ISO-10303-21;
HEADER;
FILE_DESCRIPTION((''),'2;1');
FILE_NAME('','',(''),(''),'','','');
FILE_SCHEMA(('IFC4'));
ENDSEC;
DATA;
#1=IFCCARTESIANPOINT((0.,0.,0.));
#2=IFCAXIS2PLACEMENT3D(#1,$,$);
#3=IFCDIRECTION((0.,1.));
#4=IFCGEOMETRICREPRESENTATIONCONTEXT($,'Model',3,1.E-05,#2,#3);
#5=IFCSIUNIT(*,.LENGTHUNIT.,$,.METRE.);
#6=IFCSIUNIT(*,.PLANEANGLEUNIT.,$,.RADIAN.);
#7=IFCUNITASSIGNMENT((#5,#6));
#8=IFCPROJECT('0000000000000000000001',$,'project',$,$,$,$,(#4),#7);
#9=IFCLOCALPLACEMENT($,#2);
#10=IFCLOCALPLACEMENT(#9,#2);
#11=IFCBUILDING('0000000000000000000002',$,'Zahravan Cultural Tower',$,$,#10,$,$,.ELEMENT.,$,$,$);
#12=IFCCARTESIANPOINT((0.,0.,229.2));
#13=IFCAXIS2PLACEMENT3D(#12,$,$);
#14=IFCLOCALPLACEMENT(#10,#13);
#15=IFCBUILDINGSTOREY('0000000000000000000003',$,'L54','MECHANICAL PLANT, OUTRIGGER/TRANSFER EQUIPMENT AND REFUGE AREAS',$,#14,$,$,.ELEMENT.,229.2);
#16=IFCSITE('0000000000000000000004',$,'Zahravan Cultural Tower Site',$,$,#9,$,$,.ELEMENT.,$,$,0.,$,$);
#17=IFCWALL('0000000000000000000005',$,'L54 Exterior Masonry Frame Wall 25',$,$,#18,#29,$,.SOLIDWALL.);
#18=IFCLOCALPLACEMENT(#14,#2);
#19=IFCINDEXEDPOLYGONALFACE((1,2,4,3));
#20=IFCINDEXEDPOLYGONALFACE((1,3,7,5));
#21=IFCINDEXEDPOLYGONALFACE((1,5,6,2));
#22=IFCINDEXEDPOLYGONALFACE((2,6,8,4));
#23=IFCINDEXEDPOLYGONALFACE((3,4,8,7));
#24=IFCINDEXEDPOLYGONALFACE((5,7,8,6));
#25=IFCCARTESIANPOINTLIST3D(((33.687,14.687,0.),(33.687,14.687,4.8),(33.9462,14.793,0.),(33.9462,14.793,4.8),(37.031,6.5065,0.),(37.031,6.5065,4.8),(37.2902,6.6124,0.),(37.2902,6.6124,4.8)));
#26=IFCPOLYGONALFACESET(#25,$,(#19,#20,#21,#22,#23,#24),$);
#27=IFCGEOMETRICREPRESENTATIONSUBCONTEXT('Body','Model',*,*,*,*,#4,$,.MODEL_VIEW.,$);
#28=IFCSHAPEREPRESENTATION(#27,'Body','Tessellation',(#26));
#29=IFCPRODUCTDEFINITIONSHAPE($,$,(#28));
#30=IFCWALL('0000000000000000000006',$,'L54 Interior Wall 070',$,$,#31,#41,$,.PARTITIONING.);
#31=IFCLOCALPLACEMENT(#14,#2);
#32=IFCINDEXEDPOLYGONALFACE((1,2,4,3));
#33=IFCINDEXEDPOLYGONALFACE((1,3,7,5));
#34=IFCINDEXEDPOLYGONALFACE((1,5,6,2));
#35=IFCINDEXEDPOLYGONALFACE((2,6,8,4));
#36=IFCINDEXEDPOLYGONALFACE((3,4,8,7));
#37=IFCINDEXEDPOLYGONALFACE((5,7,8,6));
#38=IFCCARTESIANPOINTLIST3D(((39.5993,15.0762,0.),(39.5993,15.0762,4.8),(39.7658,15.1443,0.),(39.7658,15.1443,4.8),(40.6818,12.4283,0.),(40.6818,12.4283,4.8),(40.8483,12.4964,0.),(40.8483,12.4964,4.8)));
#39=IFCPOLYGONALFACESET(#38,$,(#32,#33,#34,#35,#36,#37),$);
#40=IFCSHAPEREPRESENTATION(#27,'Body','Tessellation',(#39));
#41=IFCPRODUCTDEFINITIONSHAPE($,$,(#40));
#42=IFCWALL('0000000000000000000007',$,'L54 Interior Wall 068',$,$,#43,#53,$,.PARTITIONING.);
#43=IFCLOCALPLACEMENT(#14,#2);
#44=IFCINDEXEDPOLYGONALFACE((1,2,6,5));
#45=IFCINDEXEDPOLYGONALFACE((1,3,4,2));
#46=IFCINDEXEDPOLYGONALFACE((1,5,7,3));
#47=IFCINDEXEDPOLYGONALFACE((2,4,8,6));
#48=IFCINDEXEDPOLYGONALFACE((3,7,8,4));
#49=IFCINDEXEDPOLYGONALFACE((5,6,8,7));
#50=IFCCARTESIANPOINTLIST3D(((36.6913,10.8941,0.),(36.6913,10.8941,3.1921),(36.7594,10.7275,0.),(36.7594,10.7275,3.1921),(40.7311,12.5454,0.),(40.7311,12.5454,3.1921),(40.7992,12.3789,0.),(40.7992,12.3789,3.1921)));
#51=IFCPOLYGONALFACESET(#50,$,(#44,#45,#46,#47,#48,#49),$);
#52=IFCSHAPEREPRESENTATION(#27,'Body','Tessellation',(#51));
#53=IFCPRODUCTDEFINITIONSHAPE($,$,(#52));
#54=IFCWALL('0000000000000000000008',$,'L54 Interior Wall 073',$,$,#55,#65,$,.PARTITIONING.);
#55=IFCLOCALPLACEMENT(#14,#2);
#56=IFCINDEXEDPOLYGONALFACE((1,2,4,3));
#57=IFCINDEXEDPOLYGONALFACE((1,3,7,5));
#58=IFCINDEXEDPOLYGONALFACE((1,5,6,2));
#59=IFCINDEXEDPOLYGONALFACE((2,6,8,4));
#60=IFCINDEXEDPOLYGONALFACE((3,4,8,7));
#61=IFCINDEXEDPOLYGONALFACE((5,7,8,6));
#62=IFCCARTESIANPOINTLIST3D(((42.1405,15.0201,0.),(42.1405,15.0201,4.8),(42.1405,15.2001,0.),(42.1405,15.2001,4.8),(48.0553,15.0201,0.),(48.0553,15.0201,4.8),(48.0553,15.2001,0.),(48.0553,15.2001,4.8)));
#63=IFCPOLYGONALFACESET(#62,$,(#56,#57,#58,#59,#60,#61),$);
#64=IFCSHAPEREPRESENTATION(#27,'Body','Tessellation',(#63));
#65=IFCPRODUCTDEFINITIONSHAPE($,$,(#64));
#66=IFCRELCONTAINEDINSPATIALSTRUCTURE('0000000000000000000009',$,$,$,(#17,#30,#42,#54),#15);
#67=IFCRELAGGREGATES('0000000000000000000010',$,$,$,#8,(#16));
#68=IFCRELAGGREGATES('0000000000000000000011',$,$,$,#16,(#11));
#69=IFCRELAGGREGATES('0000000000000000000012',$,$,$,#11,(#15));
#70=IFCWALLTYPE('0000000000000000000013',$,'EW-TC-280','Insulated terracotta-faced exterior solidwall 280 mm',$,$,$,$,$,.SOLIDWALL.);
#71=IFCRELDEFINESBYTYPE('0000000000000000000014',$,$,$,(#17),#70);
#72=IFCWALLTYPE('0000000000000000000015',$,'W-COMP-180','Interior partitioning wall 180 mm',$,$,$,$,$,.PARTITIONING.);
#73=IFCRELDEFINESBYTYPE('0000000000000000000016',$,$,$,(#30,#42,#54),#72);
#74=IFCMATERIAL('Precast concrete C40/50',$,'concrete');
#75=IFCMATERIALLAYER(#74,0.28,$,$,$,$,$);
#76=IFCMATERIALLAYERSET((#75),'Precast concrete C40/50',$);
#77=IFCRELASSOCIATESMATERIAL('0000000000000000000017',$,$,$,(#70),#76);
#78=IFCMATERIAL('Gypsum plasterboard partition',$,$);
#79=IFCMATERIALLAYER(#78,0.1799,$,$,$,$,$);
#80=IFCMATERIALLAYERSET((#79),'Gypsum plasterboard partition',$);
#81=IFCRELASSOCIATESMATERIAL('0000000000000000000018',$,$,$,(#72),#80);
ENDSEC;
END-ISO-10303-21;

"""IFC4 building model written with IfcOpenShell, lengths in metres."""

from ifc_helpers import new_model, si_unit, direction, frame, frame_2d, origin, place, context, subcontext, project, spatial, rectangle, extrude, source, transform, mapped, material, layer, layer_set, type_object, element, save


model = new_model("IFC4")

# Units and contexts
model_context = context("Model", 3, precision=1e-05, world=origin(), true_north=direction((0.0, 1.0)))
body_context = subcontext(model_context, "Body", "Model", "MODEL_VIEW")
ifc_project = project(units=[si_unit("LENGTHUNIT", "METRE"), si_unit("PLANEANGLEUNIT", "RADIAN")], contexts=[model_context])

# Site, building, storey
site_placement = place(None, origin())
site = spatial("IfcSite", under=ifc_project, at=site_placement, Name="Zahravan Cultural Tower Site", CompositionType="ELEMENT", RefElevation=0.0)
building_placement = place(site_placement, origin())
building = spatial("IfcBuilding", under=site, at=building_placement, Name="Zahravan Cultural Tower", CompositionType="ELEMENT")
storey_placement = place(building_placement, frame((0.0, 0.0, 229.2)))
storey = spatial("IfcBuildingStorey", under=building, at=storey_placement, Name="L54", Description="MECHANICAL PLANT, OUTRIGGER/TRANSFER EQUIPMENT AND REFUGE AREAS", CompositionType="ELEMENT", Elevation=229.2)

# Walls
ifc_material_1 = material(Name="Precast concrete C40/50", Category="concrete")
ifc_layer_1 = layer(ifc_material_1, 0.28)
ifc_layer_set_1 = layer_set([ifc_layer_1], Name="Precast concrete C40/50")
wall_type_1 = type_object("IfcWallType", Name="EW-TC-280", Description="Insulated terracotta-faced exterior solidwall 280 mm", PredefinedType="SOLIDWALL", material=ifc_layer_set_1)
shared_shape_1 = source(origin(), body_context, "Body", "SweptSolid", [
    extrude(rectangle(XDim=8.8376, YDim=0.28, at=frame_2d((4.4189, 0.0))), origin(), (0.0, 0.0, 1.0), 4.8),
])
wall_1_placement = place(storey_placement, frame((37.1606, 6.5593, 0.0), z_axis=(0.0, 0.0, 1.0), x_axis=(-0.378377, 0.925652, 0.0)))
element("IfcWall", 1, at=wall_1_placement, inside=storey, type_object=wall_type_1, Name="L54 Exterior Masonry Frame Wall 25", PredefinedType="SOLIDWALL", context=body_context, shape_type="MappedRepresentation", body=[
    mapped(shared_shape_1, transform((0.0, 0.0, 0.0), x_axis=(1.0, 0.0, 0.0), y_axis=(0.0, 1.0, 0.0), z_axis=(0.0, 0.0, 1.0), scale=1.0)),
])
ifc_material_2 = material(Name="Gypsum plasterboard partition")
ifc_layer_2 = layer(ifc_material_2, 0.1799)
ifc_layer_set_2 = layer_set([ifc_layer_2], Name="Gypsum plasterboard partition")
wall_type_2 = type_object("IfcWallType", Name="W-COMP-180", Description="Interior partitioning wall 180 mm", PredefinedType="PARTITIONING", material=ifc_layer_set_2)
shared_shape_2 = source(origin(), body_context, "Body", "SweptSolid", [
    extrude(rectangle(XDim=2.8606, YDim=0.1799, at=frame_2d((1.4302, 0.0))), origin(), (0.0, 0.0, 1.0), 4.8),
])
wall_2_placement = place(storey_placement, frame((39.6826, 15.1101, 0.0), z_axis=(0.0, 0.0, 1.0), x_axis=(0.378414, -0.925637, 0.0)))
element("IfcWall", 2, at=wall_2_placement, inside=storey, type_object=wall_type_2, Name="L54 Interior Wall 070", PredefinedType="PARTITIONING", context=body_context, shape_type="MappedRepresentation", body=[
    mapped(shared_shape_2, transform((0.0, 0.0, 0.0), x_axis=(1.0, 0.0, 0.0), y_axis=(0.0, 1.0, 0.0), z_axis=(0.0, 0.0, 1.0), scale=1.0)),
])
shared_shape_3 = source(origin(), body_context, "Body", "SweptSolid", [
    extrude(rectangle(XDim=4.3643, YDim=0.1799, at=frame_2d((2.1821, 0.0))), origin(), (0.0, 0.0, 1.0), 3.1921),
])
wall_3_placement = place(storey_placement, frame((40.7651, 12.4622, 0.0), z_axis=(0.0, 0.0, 1.0), x_axis=(-0.925649, -0.378382, 0.0)))
element("IfcWall", 3, at=wall_3_placement, inside=storey, type_object=wall_type_2, Name="L54 Interior Wall 068", PredefinedType="PARTITIONING", context=body_context, shape_type="MappedRepresentation", body=[
    mapped(shared_shape_3, transform((0.0, 0.0, 0.0), x_axis=(1.0, 0.0, 0.0), y_axis=(0.0, 1.0, 0.0), z_axis=(0.0, 0.0, 1.0), scale=1.0)),
])
shared_shape_4 = source(origin(), body_context, "Body", "SweptSolid", [
    extrude(rectangle(XDim=5.9148, YDim=0.1799, at=frame_2d((2.9575, 0.0))), origin(), (0.0, 0.0, 1.0), 4.8),
])
wall_4_placement = place(storey_placement, frame((42.1404, 15.1101, 0.0), z_axis=(0.0, 0.0, 1.0), x_axis=(1.0, 0.0, 0.0)))
element("IfcWall", 4, at=wall_4_placement, inside=storey, type_object=wall_type_2, Name="L54 Interior Wall 073", PredefinedType="PARTITIONING", context=body_context, shape_type="MappedRepresentation", body=[
    mapped(shared_shape_4, transform((0.0, 0.0, 0.0), x_axis=(1.0, 0.0, 0.0), y_axis=(0.0, 1.0, 0.0), z_axis=(0.0, 0.0, 1.0), scale=1.0)),
])

save(model, "model.ifc")
